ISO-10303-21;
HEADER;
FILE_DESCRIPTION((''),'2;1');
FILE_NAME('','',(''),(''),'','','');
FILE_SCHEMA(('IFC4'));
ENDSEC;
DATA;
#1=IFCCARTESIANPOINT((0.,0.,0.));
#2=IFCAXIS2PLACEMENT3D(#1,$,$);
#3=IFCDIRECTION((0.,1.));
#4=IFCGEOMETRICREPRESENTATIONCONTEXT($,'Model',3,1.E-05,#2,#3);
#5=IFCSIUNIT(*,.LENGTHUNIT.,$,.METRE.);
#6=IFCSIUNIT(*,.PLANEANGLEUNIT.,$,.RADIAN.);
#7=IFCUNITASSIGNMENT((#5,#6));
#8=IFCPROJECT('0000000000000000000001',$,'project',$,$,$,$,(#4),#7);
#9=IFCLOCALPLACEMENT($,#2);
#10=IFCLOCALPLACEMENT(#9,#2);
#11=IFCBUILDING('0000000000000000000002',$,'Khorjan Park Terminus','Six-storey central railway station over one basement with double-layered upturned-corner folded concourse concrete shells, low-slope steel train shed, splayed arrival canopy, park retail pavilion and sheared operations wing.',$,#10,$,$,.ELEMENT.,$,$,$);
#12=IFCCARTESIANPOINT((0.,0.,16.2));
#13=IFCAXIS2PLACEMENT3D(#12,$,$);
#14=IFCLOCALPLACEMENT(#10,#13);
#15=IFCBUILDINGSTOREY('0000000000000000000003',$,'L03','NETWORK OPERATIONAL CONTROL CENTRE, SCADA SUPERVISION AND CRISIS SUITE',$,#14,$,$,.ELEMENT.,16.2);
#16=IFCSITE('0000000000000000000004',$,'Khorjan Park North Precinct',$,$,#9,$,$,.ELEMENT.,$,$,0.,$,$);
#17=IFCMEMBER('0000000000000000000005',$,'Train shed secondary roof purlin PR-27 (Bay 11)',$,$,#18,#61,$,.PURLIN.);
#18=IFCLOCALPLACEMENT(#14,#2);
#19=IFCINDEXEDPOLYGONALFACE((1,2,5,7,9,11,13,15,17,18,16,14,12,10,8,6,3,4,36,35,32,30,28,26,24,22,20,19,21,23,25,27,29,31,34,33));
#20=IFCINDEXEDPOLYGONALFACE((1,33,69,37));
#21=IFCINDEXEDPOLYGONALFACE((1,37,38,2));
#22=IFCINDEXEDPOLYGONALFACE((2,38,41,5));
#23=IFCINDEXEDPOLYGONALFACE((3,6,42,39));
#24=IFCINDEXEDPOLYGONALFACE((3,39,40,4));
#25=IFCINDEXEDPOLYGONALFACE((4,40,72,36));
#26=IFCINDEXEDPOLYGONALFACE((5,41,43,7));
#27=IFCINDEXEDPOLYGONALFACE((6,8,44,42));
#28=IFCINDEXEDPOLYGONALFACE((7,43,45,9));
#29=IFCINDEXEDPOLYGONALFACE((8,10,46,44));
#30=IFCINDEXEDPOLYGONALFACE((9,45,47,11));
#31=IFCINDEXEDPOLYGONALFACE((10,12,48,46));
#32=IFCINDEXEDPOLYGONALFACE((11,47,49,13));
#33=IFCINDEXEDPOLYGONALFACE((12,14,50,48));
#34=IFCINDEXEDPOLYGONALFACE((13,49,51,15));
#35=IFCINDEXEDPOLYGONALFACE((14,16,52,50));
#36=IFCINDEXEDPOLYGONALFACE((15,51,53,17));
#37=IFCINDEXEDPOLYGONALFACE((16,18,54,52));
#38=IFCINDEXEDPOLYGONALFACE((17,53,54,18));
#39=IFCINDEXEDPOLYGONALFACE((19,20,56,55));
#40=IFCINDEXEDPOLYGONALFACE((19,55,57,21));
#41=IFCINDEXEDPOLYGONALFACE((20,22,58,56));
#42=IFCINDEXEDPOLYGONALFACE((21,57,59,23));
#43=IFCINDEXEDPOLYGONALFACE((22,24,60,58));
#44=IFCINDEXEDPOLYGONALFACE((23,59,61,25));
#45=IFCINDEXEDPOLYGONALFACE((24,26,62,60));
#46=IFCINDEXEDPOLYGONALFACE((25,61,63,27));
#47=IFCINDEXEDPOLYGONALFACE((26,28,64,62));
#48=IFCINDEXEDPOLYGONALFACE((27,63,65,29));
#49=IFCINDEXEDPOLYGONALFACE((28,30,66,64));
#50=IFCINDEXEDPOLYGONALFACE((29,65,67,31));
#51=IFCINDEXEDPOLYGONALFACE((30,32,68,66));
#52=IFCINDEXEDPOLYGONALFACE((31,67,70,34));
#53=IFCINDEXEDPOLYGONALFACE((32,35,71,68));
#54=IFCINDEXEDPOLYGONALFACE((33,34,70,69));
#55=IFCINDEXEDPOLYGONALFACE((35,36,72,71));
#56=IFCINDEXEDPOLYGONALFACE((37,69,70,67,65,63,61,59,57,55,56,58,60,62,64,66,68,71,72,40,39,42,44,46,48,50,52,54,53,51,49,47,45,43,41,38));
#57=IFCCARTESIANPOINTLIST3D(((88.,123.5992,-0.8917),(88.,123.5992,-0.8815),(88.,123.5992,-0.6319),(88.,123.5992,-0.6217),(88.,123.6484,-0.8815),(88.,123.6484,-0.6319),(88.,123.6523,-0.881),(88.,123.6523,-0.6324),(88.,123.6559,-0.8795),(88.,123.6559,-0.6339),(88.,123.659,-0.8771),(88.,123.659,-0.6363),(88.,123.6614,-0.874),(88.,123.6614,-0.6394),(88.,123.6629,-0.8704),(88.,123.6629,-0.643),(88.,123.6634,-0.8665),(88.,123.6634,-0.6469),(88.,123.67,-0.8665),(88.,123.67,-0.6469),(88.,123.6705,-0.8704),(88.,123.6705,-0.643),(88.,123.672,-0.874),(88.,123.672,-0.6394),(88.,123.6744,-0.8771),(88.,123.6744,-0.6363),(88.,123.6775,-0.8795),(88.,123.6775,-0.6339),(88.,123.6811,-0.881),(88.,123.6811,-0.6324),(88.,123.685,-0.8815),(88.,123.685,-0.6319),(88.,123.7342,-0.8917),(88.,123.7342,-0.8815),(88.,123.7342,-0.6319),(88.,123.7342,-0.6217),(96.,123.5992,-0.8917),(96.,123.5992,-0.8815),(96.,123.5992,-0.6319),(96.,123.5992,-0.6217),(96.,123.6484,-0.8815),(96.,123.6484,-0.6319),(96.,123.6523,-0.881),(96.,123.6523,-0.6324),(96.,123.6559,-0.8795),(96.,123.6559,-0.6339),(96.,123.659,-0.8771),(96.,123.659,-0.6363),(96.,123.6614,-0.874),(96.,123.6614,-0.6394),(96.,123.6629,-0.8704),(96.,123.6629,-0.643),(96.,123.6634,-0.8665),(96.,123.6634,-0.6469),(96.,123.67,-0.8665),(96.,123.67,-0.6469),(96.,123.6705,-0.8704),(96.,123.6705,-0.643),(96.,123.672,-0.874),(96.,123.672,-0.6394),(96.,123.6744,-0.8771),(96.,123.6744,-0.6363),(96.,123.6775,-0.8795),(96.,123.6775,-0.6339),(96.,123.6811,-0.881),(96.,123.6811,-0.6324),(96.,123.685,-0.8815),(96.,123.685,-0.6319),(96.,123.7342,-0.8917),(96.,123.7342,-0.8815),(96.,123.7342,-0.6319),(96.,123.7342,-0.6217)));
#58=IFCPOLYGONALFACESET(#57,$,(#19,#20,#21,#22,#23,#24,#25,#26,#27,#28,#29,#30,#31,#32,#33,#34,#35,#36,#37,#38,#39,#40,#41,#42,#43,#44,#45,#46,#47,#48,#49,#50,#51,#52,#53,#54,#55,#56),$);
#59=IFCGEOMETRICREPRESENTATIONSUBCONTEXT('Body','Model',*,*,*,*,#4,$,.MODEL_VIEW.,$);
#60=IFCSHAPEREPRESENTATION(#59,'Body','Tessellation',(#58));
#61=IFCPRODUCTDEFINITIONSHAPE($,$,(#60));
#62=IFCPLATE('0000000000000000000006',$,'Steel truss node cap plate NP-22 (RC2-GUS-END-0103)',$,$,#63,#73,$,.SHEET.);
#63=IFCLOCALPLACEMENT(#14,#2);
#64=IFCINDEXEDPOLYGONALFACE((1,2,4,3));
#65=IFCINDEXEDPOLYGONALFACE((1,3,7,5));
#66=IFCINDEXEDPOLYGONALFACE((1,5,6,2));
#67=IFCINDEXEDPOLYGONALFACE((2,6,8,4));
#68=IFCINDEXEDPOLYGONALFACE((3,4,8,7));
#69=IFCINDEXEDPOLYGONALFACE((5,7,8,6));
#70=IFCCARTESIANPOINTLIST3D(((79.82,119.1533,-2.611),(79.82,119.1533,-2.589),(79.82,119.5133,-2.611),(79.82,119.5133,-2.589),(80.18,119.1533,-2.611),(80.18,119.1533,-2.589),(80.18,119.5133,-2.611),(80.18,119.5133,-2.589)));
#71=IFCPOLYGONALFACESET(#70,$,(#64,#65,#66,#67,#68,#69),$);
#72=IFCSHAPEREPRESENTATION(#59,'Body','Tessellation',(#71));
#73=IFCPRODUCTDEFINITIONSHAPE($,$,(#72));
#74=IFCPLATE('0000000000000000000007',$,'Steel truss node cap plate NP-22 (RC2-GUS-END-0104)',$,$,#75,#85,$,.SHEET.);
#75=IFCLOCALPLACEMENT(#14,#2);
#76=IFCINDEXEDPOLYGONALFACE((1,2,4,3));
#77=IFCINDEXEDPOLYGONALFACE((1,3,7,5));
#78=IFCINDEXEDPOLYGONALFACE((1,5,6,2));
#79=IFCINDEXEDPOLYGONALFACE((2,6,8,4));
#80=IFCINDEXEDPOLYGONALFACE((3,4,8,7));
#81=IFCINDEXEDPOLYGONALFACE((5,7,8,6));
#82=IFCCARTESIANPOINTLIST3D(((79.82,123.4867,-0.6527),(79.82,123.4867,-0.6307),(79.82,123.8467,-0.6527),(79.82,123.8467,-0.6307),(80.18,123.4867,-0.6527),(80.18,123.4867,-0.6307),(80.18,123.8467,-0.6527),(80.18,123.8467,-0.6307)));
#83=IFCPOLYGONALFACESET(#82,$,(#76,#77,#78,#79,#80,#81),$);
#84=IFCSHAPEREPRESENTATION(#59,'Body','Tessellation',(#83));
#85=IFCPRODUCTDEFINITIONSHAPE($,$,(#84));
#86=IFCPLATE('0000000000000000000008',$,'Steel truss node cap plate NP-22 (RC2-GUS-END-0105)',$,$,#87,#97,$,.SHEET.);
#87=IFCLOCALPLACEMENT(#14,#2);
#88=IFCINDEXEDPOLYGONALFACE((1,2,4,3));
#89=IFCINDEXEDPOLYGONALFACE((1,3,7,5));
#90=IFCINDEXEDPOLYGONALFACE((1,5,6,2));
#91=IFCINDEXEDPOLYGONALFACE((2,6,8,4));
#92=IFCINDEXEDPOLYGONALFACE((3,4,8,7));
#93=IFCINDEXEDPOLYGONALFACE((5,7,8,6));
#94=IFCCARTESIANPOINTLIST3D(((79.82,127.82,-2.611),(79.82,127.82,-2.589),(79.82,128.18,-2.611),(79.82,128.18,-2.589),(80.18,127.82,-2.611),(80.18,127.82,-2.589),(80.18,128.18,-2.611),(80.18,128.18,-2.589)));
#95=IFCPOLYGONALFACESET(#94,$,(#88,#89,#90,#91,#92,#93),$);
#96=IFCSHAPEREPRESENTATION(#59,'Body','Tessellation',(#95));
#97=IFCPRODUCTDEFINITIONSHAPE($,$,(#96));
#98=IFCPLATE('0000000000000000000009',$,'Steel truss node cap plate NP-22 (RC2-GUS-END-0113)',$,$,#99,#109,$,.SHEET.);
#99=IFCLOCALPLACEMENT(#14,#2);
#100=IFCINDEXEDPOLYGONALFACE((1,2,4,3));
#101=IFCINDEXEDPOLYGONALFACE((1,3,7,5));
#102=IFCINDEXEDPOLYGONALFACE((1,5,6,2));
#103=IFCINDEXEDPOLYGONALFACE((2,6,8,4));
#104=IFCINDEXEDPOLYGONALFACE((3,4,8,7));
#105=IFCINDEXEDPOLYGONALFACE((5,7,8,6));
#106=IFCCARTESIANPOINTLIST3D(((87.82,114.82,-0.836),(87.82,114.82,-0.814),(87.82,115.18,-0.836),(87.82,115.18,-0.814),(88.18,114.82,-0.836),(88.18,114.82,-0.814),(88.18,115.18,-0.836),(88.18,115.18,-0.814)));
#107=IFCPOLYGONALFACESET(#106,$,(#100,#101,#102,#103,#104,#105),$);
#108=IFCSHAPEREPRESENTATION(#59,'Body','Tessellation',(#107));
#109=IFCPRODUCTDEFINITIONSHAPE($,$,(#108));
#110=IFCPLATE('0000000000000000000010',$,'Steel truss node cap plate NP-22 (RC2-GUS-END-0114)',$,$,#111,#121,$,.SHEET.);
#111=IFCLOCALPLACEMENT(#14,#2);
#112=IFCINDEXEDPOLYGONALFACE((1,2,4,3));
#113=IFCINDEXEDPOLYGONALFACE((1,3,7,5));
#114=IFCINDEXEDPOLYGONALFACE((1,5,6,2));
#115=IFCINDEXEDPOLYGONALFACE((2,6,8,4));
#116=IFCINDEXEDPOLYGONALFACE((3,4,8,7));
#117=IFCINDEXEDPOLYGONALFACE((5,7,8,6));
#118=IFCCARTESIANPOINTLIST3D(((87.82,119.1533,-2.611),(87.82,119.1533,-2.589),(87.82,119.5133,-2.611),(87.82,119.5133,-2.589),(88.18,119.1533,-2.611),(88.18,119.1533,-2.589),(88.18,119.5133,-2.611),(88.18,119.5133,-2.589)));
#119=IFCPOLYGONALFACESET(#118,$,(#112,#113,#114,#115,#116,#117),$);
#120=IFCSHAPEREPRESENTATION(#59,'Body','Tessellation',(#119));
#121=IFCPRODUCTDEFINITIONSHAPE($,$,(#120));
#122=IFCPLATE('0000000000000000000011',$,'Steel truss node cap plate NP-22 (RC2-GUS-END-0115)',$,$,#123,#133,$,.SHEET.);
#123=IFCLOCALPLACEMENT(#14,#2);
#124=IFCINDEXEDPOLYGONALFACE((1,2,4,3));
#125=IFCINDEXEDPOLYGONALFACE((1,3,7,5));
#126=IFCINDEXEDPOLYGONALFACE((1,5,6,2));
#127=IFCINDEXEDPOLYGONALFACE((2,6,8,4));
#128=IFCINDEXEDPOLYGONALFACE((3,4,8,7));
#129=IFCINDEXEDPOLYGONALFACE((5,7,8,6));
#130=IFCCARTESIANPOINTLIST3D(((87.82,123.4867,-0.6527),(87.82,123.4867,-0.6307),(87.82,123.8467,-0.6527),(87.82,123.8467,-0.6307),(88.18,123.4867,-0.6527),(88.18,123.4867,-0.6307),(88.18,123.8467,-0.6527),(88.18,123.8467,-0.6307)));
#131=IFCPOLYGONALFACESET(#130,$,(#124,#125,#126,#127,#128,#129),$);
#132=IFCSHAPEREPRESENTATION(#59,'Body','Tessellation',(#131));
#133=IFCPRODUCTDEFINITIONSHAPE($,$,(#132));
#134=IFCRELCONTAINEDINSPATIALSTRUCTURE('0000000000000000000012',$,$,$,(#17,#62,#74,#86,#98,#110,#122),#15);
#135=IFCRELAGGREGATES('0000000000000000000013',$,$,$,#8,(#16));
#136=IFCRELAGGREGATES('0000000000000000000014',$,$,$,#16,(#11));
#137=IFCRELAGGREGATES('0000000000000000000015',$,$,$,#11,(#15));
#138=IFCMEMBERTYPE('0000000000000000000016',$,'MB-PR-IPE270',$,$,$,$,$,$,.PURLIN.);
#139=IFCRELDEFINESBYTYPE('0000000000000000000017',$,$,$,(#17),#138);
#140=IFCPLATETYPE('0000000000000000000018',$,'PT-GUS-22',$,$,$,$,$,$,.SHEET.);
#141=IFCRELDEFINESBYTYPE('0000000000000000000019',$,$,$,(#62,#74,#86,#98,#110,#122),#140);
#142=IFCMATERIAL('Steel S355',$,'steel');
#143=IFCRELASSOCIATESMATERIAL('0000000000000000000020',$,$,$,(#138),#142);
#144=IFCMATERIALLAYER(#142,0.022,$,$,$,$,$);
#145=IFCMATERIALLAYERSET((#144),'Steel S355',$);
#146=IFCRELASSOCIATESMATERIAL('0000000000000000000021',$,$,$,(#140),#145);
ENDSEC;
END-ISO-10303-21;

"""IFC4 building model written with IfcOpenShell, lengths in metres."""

from ifc_helpers import new_model, si_unit, direction, frame, origin, origin_2d, place, context, subcontext, project, spatial, rectangle, i_section, extrude, material, layer, layer_set, material_profile, profile_set, type_object, element, save


model = new_model("IFC4")

# Units and contexts
model_context = context("Model", 3, precision=1e-05, world=origin(), true_north=direction((0.0, 1.0)))
body_context = subcontext(model_context, "Body", "Model", "MODEL_VIEW")
ifc_project = project(units=[si_unit("LENGTHUNIT", "METRE"), si_unit("PLANEANGLEUNIT", "RADIAN")], contexts=[model_context])

# Site, building, storey
site_placement = place(None, origin())
site = spatial("IfcSite", under=ifc_project, at=site_placement, Name="Khorjan Park North Precinct", CompositionType="ELEMENT", RefElevation=0.0)
building_placement = place(site_placement, origin())
building = spatial("IfcBuilding", under=site, at=building_placement, Name="Khorjan Park Terminus", Description="Six-storey central railway station over one basement with double-layered upturned-corner folded concourse concrete shells, low-slope steel train shed, splayed arrival canopy, park retail pavilion and sheared operations wing.", CompositionType="ELEMENT")
storey_placement = place(building_placement, frame((0.0, 0.0, 16.2)))
storey = spatial("IfcBuildingStorey", under=building, at=storey_placement, Name="L03", Description="NETWORK OPERATIONAL CONTROL CENTRE, SCADA SUPERVISION AND CRISIS SUITE", CompositionType="ELEMENT", Elevation=16.2)

# Member
ifc_material = material(Name="Steel S355", Category="steel")
ifc_material_profile_1 = material_profile(ifc_material, i_section(OverallWidth=0.135, OverallDepth=0.27, WebThickness=0.0066, FlangeThickness=0.0102, FilletRadius=0.015, at=origin_2d()), Name="IPE 270")
ifc_profile_set_1 = profile_set([ifc_material_profile_1], Name="Steel S355")
member_type_1 = type_object("IfcMemberType", Name="MB-PR-IPE270", PredefinedType="PURLIN", material=ifc_profile_set_1)
for number, where, z_axis, x_axis, name in (
    (1, (88.0, 123.6667, -0.7567), (1.0, 0.0, 0.0), (0.0, 1.0, 0.0), "Train shed secondary roof purlin PR-27 (Bay 11)"),
):
    element("IfcMember", number, at=place(storey_placement, frame(where, z_axis=z_axis, x_axis=x_axis)), inside=storey, type_object=member_type_1, Name=name, PredefinedType="PURLIN", context=body_context, shape_type="SweptSolid", body=[
        extrude(i_section(OverallWidth=0.135, OverallDepth=0.27, WebThickness=0.0066, FlangeThickness=0.0102, FilletRadius=0.015, at=origin_2d()), origin(), (0.0, 0.0, 1.0), 8.0),
    ])

# Plates
ifc_layer = layer(ifc_material, 0.022)
ifc_layer_set = layer_set([ifc_layer], Name="Steel S355")
plate_type = type_object("IfcPlateType", Name="PT-GUS-22", PredefinedType="SHEET", material=ifc_layer_set)
for number, where, z_axis, x_axis, name in (
    (2, (80.0, 119.3333, -2.611), (0.0, 0.0, 1.0), (1.0, 0.0, 0.0), "Steel truss node cap plate NP-22 (RC2-GUS-END-0103)"),
    (3, (80.0, 123.6667, -0.6527), (0.0, 0.0, 1.0), (1.0, 0.0, 0.0), "Steel truss node cap plate NP-22 (RC2-GUS-END-0104)"),
    (4, (80.0, 128.0, -2.611), (0.0, 0.0, 1.0), (1.0, 0.0, 0.0), "Steel truss node cap plate NP-22 (RC2-GUS-END-0105)"),
    (5, (88.0, 115.0, -0.836), (0.0, 0.0, 1.0), (1.0, 0.0, 0.0), "Steel truss node cap plate NP-22 (RC2-GUS-END-0113)"),
    (6, (88.0, 119.3333, -2.611), (0.0, 0.0, 1.0), (1.0, 0.0, 0.0), "Steel truss node cap plate NP-22 (RC2-GUS-END-0114)"),
    (7, (88.0, 123.6667, -0.6527), (0.0, 0.0, 1.0), (1.0, 0.0, 0.0), "Steel truss node cap plate NP-22 (RC2-GUS-END-0115)"),
):
    element("IfcPlate", number, at=place(storey_placement, frame(where, z_axis=z_axis, x_axis=x_axis)), inside=storey, type_object=plate_type, Name=name, PredefinedType="SHEET", context=body_context, shape_type="SweptSolid", body=[
        extrude(rectangle(XDim=0.36, YDim=0.36, at=origin_2d()), origin(), (0.0, 0.0, 1.0), 0.022),
    ])

save(model, "model.ifc")
